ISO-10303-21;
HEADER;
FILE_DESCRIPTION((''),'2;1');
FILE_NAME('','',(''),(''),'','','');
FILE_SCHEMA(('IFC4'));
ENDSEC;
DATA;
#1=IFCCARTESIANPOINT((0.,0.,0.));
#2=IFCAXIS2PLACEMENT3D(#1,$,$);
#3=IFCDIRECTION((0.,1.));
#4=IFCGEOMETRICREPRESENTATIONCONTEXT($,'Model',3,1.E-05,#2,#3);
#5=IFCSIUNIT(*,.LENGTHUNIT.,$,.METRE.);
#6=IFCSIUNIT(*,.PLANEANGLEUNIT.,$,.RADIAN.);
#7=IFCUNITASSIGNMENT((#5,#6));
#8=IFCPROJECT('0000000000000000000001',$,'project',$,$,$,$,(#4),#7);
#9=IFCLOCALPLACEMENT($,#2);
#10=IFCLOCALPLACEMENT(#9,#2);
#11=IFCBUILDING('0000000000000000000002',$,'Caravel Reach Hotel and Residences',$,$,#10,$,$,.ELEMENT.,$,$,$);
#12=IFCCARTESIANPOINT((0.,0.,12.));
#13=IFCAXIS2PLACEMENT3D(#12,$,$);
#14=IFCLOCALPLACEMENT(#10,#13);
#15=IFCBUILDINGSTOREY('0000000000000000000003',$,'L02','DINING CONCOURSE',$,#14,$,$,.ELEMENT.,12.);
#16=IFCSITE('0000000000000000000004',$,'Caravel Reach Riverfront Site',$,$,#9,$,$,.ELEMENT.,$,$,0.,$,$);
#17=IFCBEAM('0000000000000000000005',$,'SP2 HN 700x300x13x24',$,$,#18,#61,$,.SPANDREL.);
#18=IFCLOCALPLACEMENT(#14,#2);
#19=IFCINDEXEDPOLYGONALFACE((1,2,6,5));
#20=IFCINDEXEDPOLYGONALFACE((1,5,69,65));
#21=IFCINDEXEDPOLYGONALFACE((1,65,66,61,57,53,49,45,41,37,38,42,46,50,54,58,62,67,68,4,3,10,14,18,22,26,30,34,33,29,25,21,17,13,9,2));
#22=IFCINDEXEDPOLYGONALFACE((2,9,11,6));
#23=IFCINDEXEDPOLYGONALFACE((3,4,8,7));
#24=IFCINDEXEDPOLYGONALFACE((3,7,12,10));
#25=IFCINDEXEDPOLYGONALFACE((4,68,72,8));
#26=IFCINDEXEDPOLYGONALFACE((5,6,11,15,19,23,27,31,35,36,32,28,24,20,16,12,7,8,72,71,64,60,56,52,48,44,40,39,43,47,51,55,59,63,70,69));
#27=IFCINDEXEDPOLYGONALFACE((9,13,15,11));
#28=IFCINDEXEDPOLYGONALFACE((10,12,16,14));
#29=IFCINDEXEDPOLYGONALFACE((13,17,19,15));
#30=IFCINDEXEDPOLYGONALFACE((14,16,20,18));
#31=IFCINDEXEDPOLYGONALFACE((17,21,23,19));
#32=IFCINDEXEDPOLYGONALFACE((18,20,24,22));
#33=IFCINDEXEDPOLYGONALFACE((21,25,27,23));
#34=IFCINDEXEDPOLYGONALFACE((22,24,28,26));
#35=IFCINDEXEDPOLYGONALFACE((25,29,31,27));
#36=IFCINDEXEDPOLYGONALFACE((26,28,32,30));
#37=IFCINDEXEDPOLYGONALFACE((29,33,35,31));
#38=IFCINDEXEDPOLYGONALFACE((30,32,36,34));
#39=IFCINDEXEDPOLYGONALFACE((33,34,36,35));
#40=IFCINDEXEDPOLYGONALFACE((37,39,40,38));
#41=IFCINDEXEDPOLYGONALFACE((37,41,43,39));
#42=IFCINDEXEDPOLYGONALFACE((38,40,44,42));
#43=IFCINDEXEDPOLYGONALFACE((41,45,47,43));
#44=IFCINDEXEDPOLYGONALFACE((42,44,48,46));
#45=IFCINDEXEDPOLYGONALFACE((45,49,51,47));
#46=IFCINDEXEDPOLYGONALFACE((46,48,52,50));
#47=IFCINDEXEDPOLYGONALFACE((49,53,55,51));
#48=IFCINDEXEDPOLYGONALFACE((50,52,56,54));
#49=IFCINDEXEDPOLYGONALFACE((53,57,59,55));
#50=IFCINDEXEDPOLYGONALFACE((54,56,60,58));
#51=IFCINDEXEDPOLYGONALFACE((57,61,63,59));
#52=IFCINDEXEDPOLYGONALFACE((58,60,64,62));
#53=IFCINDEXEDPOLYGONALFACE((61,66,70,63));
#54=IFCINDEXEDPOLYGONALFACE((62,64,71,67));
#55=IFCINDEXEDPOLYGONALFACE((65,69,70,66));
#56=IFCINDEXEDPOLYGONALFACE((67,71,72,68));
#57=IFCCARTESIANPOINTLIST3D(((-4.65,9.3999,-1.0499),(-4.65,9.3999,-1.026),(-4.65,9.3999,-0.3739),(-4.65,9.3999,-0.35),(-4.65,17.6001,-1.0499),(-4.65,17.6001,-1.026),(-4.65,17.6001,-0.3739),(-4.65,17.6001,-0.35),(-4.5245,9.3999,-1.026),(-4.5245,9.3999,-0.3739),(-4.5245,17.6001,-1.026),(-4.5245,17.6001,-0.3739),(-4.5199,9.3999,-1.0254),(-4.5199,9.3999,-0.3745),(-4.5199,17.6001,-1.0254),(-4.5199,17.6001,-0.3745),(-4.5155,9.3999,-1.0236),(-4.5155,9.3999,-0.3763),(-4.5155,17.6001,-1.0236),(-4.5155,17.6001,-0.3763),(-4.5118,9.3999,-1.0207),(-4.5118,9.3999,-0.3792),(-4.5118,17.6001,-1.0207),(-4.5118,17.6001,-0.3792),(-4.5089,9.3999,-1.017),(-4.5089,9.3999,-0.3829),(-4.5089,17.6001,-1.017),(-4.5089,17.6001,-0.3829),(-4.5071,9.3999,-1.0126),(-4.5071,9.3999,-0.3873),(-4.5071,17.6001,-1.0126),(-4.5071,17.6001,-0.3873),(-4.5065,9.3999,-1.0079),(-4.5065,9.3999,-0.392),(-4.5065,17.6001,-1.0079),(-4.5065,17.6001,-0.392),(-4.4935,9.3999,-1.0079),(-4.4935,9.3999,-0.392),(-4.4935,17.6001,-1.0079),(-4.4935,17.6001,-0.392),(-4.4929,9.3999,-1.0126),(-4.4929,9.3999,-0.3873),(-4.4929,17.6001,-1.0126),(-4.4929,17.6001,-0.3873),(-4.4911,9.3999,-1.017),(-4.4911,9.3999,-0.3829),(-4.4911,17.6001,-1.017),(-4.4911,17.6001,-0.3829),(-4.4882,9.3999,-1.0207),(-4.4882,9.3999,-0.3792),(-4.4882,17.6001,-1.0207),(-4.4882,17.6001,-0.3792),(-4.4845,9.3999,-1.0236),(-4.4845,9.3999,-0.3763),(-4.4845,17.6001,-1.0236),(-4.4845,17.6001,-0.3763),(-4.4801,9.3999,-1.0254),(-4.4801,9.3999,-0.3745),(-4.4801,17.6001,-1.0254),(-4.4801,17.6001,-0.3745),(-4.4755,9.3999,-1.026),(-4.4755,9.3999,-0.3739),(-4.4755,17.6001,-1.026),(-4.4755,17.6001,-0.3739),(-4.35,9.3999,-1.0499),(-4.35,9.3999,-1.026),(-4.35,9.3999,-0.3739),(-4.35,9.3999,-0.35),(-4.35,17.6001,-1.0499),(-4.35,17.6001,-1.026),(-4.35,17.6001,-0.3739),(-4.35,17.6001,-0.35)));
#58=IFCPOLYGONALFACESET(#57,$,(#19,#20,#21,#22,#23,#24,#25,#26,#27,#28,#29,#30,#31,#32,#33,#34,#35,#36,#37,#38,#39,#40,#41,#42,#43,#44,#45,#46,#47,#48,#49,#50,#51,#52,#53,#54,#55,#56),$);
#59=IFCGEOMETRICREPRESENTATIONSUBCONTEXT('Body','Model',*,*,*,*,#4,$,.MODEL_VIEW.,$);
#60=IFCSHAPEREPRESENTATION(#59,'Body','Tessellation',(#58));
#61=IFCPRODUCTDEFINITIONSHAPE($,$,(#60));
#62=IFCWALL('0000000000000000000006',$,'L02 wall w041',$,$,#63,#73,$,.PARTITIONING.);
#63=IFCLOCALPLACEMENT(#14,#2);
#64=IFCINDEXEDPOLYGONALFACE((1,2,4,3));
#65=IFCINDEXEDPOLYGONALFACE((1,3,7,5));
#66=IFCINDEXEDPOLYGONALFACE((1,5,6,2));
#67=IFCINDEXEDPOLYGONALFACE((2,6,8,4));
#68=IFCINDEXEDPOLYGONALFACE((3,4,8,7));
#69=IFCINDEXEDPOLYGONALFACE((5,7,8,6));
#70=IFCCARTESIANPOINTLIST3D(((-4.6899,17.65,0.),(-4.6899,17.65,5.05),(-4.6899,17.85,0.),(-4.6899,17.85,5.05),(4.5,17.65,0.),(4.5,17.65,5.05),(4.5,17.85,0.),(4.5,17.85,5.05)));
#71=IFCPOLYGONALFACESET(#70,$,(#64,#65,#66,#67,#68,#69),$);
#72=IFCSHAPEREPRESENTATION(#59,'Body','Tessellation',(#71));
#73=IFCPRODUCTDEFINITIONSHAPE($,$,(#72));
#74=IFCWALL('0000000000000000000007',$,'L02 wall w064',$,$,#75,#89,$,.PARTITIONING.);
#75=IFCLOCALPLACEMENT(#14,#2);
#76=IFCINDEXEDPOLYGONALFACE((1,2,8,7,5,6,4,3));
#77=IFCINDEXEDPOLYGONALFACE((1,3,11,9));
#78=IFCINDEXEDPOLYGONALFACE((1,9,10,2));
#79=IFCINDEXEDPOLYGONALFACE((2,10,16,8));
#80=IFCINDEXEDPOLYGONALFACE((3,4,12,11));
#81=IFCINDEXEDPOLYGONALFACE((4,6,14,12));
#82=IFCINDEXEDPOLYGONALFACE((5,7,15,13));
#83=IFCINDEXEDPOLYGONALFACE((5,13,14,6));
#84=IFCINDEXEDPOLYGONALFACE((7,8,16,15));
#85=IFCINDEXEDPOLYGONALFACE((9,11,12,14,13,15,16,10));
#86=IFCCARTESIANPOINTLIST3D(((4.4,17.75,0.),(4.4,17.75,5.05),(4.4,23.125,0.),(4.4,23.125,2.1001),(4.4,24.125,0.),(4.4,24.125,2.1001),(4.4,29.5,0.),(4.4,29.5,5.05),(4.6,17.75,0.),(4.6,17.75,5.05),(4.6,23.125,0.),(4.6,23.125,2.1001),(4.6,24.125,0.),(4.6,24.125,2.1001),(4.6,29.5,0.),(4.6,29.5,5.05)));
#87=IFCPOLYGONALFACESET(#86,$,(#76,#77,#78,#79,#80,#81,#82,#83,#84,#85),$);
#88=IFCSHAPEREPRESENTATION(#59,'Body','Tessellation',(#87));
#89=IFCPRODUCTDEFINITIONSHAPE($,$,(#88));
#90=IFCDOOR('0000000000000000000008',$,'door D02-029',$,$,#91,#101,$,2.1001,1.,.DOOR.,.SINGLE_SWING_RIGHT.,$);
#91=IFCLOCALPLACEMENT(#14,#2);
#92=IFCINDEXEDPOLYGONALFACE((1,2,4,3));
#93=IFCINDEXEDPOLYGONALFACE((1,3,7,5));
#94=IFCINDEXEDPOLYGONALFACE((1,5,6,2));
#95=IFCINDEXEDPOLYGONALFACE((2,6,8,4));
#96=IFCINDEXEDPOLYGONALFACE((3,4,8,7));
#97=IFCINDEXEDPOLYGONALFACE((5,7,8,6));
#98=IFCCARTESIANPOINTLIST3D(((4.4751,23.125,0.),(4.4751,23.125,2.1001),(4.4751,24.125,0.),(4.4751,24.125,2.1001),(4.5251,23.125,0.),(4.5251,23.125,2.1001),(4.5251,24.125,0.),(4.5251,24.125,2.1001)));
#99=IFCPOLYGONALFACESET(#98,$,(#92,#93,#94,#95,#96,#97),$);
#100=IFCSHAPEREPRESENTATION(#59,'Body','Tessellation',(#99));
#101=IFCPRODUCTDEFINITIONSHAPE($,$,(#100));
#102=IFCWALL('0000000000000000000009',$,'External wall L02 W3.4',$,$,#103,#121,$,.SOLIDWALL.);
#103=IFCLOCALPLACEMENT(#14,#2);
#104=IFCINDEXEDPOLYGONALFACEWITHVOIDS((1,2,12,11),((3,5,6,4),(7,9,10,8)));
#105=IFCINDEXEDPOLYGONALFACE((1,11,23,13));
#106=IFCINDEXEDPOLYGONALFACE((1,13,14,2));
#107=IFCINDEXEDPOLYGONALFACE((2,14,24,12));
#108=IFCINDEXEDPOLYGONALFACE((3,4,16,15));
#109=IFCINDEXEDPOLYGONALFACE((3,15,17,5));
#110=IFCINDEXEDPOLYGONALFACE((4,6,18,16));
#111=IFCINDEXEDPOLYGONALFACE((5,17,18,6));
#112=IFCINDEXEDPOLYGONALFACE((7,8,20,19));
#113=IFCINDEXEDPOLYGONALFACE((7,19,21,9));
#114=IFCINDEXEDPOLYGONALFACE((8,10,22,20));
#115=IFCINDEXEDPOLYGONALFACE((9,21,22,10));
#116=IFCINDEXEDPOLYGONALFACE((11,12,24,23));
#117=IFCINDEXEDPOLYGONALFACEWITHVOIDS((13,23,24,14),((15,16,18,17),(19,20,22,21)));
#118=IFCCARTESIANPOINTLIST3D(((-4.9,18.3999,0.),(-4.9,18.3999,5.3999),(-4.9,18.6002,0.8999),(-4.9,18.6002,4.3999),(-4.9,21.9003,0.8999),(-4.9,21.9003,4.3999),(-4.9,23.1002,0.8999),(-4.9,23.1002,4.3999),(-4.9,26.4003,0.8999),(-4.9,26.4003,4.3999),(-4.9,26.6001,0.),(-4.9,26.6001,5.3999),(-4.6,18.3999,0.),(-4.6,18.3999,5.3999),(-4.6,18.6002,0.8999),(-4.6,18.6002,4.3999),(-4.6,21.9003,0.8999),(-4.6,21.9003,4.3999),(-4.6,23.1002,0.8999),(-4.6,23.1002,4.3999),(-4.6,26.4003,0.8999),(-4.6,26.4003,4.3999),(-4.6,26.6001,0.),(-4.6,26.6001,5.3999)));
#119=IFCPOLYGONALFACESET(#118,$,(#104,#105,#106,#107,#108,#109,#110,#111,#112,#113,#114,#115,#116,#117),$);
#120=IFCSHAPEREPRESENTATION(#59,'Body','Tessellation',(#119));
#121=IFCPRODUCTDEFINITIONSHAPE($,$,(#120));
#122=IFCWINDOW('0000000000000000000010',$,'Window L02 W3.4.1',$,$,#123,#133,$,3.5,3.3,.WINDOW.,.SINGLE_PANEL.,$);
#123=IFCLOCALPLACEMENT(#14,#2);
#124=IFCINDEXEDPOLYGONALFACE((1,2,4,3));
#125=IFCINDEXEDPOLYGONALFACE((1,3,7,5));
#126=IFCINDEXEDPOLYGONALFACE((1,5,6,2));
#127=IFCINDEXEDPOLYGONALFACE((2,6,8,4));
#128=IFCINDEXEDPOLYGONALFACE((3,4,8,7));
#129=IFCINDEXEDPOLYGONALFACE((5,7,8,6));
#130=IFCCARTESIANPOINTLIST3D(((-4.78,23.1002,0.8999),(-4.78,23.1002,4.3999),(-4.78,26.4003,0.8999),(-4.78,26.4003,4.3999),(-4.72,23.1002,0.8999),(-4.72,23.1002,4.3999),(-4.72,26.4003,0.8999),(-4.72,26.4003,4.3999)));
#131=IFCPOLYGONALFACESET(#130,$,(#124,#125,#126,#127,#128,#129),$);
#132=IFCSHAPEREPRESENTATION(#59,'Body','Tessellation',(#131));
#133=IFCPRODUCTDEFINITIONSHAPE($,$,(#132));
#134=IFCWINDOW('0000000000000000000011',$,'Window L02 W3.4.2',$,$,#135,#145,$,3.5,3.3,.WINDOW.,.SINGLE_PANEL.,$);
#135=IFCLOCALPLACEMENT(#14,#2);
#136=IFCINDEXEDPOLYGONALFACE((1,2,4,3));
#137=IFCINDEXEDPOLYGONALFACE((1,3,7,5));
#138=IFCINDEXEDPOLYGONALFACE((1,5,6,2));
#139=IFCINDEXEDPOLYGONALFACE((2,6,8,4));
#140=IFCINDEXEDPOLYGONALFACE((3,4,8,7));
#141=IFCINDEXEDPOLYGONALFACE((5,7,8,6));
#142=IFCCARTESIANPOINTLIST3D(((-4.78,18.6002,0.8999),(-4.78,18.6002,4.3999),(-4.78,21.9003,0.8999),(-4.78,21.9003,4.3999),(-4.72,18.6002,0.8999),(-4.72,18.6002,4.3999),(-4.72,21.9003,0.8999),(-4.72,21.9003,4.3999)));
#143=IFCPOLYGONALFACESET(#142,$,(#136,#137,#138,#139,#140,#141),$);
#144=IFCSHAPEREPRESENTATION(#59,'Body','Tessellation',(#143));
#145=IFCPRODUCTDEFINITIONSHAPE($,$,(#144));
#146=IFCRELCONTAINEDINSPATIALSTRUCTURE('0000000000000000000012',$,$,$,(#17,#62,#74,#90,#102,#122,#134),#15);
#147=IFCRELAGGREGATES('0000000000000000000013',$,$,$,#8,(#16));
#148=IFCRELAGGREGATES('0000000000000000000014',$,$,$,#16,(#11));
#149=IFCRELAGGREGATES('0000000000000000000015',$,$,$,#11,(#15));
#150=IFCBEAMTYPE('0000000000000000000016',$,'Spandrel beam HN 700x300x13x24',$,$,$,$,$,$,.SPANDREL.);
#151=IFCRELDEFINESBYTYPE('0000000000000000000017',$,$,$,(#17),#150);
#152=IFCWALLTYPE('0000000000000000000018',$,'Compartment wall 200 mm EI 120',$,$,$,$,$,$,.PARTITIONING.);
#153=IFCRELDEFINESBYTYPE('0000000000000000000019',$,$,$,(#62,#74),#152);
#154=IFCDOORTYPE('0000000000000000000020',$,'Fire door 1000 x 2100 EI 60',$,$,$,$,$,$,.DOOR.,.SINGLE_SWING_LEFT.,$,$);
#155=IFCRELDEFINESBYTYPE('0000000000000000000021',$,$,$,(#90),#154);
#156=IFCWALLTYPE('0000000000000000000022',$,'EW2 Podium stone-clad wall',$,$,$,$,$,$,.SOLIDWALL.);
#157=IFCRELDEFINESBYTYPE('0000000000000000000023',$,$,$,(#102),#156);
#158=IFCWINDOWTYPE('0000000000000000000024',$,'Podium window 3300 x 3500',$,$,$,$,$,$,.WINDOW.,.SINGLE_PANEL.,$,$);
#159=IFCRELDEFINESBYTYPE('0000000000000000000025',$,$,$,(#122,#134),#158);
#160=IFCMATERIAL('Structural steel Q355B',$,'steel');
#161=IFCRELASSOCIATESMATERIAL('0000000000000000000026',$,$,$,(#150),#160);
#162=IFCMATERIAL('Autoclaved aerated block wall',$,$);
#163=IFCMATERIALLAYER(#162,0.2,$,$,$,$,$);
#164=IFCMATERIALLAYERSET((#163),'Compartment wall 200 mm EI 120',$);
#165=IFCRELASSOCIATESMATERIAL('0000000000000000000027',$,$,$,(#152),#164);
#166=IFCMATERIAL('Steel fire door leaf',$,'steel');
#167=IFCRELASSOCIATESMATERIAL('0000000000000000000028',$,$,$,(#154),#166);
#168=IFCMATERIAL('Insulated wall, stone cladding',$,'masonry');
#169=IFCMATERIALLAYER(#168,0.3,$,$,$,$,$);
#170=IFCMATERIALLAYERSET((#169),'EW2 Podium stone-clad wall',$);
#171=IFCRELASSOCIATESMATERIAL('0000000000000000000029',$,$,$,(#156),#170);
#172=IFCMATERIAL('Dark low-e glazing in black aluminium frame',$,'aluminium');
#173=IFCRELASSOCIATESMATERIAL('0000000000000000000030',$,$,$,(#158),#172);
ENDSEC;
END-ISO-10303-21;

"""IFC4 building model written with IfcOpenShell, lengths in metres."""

from ifc_helpers import new_model, si_unit, direction, frame, frame_2d, origin, origin_2d, place, context, subcontext, project, spatial, rectangle, i_section, extrude, material, layer, layer_set, material_profile, profile_set, type_object, element, fill, save


model = new_model("IFC4")

# Units and contexts
model_context = context("Model", 3, precision=1e-05, world=origin(), true_north=direction((0.0, 1.0)))
body_context = subcontext(model_context, "Body", "Model", "MODEL_VIEW")
ifc_project = project(units=[si_unit("LENGTHUNIT", "METRE"), si_unit("PLANEANGLEUNIT", "RADIAN")], contexts=[model_context])

# Site, building, storey
site_placement = place(None, origin())
site = spatial("IfcSite", under=ifc_project, at=site_placement, Name="Caravel Reach Riverfront Site", CompositionType="ELEMENT", RefElevation=0.0)
building_placement = place(site_placement, origin())
building = spatial("IfcBuilding", under=site, at=building_placement, Name="Caravel Reach Hotel and Residences", CompositionType="ELEMENT")
storey_placement = place(building_placement, frame((0.0, 0.0, 12.0)))
storey = spatial("IfcBuildingStorey", under=building, at=storey_placement, Name="L02", Description="DINING CONCOURSE", CompositionType="ELEMENT", Elevation=12.0)

# Beam
ifc_material_1 = material(Name="Structural steel Q355B", Category="steel")
ifc_material_profile_1 = material_profile(ifc_material_1, i_section(OverallWidth=0.3, OverallDepth=0.7, WebThickness=0.0129, FlangeThickness=0.0239, FilletRadius=0.0181, at=origin_2d()), Name="HN 700x300x13x24")
ifc_profile_set_1 = profile_set([ifc_material_profile_1], Name="Structural steel Q355B")
beam_type = type_object("IfcBeamType", Name="Spandrel beam HN 700x300x13x24", PredefinedType="SPANDREL", material=ifc_profile_set_1)
for number, where, z_axis, x_axis, name in (
    (1, (-4.5, 17.6001, -0.7), (0.0, -1.0, 0.0), (1.0, 0.0, 0.0), "SP2 HN 700x300x13x24"),
):
    element("IfcBeam", number, at=place(storey_placement, frame(where, z_axis=z_axis, x_axis=x_axis)), inside=storey, type_object=beam_type, Name=name, PredefinedType="SPANDREL", context=body_context, shape_type="SweptSolid", body=[
        extrude(i_section(OverallWidth=0.3, OverallDepth=0.7, WebThickness=0.0129, FlangeThickness=0.0239, FilletRadius=0.0181, at=origin_2d()), origin(), (0.0, 0.0, 1.0), 8.2002),
    ])

# Wall
ifc_material_2 = material(Name="Autoclaved aerated block wall")
ifc_layer_1 = layer(ifc_material_2, 0.2)
ifc_layer_set_1 = layer_set([ifc_layer_1], Name="Compartment wall 200 mm EI 120")
wall_type_1 = type_object("IfcWallType", Name="Compartment wall 200 mm EI 120", PredefinedType="PARTITIONING", material=ifc_layer_set_1)
wall_1_placement = place(storey_placement, frame((-4.6899, 17.75, 0.0), z_axis=(0.0, 0.0, 1.0), x_axis=(1.0, 0.0, 0.0)))
element("IfcWall", 2, at=wall_1_placement, inside=storey, type_object=wall_type_1, Name="L02 wall w041", PredefinedType="PARTITIONING", context=body_context, shape_type="SweptSolid", body=[
    extrude(rectangle(XDim=9.1899, YDim=0.2, at=frame_2d((4.595, 0.0))), origin(), (0.0, 0.0, 1.0), 5.05),
])

# Wall, opening, door
wall_2_placement = place(storey_placement, frame((4.5, 17.75, 0.0), z_axis=(0.0, 0.0, 1.0), x_axis=(0.0, 1.0, 0.0)))
wall_2 = element("IfcWall", 3, at=wall_2_placement, inside=storey, type_object=wall_type_1, Name="L02 wall w064", PredefinedType="PARTITIONING", context=body_context, shape_type="SweptSolid", body=[
    extrude(rectangle(XDim=11.75, YDim=0.2, at=frame_2d((5.875, 0.0))), origin(), (0.0, 0.0, 1.0), 5.05),
])
opening_1_placement = place(wall_2_placement, frame((5.375, 0.0, 0.0)))
opening_1 = element("IfcOpeningElement", 4, at=opening_1_placement, cuts=wall_2, PredefinedType="OPENING", context=body_context, shape_type="SweptSolid", body=[
    extrude(rectangle(XDim=1.0, YDim=2.1001, at=frame_2d((0.5, 1.05))), frame((0.0, 0.1099, 0.0), z_axis=(0.0, -1.0, 0.0), x_axis=(1.0, 0.0, 0.0)), (0.0, 0.0, 1.0), 0.22),
])
ifc_material_3 = material(Name="Steel fire door leaf", Category="steel")
door_type = type_object("IfcDoorType", Name="Fire door 1000 x 2100 EI 60", OperationType="SINGLE_SWING_LEFT", PredefinedType="DOOR", material=ifc_material_3)
door_placement = place(opening_1_placement, origin())
door = element("IfcDoor", 5, at=door_placement, inside=storey, type_object=door_type, Name="door D02-029", OperationType="SINGLE_SWING_RIGHT", OverallHeight=2.1001, OverallWidth=1.0, PredefinedType="DOOR", context=body_context, shape_type="SweptSolid", body=[
    extrude(rectangle(XDim=1.0, YDim=2.1001, at=frame_2d((0.5, 1.05))), frame((0.0, 0.0249, 0.0), z_axis=(0.0, -1.0, 0.0), x_axis=(1.0, 0.0, 0.0)), (0.0, 0.0, 1.0), 0.05),
])
fill(opening_1, door)

# Wall, openings, windows
ifc_material_4 = material(Name="Insulated wall, stone cladding", Category="masonry")
ifc_layer_2 = layer(ifc_material_4, 0.3)
ifc_layer_set_2 = layer_set([ifc_layer_2], Name="EW2 Podium stone-clad wall")
wall_type_2 = type_object("IfcWallType", Name="EW2 Podium stone-clad wall", PredefinedType="SOLIDWALL", material=ifc_layer_set_2)
wall_3_placement = place(storey_placement, frame((-4.75, 26.6001, 0.0), z_axis=(0.0, 0.0, 1.0), x_axis=(0.0, -1.0, 0.0)))
wall_3 = element("IfcWall", 6, at=wall_3_placement, inside=storey, type_object=wall_type_2, Name="External wall L02 W3.4", PredefinedType="SOLIDWALL", context=body_context, shape_type="SweptSolid", body=[
    extrude(rectangle(XDim=8.2002, YDim=0.3, at=frame_2d((4.1001, 0.0))), origin(), (0.0, 0.0, 1.0), 5.3999),
])
opening_2_placement = place(wall_3_placement, frame((0.2, 0.0, 0.8999)))
opening_2 = element("IfcOpeningElement", 7, at=opening_2_placement, cuts=wall_3, PredefinedType="OPENING", context=body_context, shape_type="SweptSolid", body=[
    extrude(rectangle(XDim=3.3, YDim=3.5, at=frame_2d((1.6499, 1.75))), frame((0.0, 0.1599, 0.0), z_axis=(0.0, -1.0, 0.0), x_axis=(1.0, 0.0, 0.0)), (0.0, 0.0, 1.0), 0.3201),
])
opening_3_placement = place(wall_3_placement, frame((4.7, 0.0, 0.8999)))
opening_3 = element("IfcOpeningElement", 8, at=opening_3_placement, cuts=wall_3, PredefinedType="OPENING", context=body_context, shape_type="SweptSolid", body=[
    extrude(rectangle(XDim=3.3, YDim=3.5, at=frame_2d((1.6499, 1.75))), frame((0.0, 0.1599, 0.0), z_axis=(0.0, -1.0, 0.0), x_axis=(1.0, 0.0, 0.0)), (0.0, 0.0, 1.0), 0.3201),
])
ifc_material_5 = material(Name="Dark low-e glazing in black aluminium frame", Category="aluminium")
window_type = type_object("IfcWindowType", Name="Podium window 3300 x 3500", PartitioningType="SINGLE_PANEL", PredefinedType="WINDOW", material=ifc_material_5)
window_1_placement = place(opening_2_placement, origin())
window_1 = element("IfcWindow", 9, at=window_1_placement, inside=storey, type_object=window_type, Name="Window L02 W3.4.1", OverallHeight=3.5, OverallWidth=3.3, PartitioningType="SINGLE_PANEL", PredefinedType="WINDOW", context=body_context, shape_type="SweptSolid", body=[
    extrude(rectangle(XDim=3.3, YDim=3.5, at=frame_2d((1.6499, 1.75))), frame((0.0, 0.03, 0.0), z_axis=(0.0, -1.0, 0.0), x_axis=(1.0, 0.0, 0.0)), (0.0, 0.0, 1.0), 0.0601),
])
fill(opening_2, window_1)
window_2_placement = place(opening_3_placement, origin())
window_2 = element("IfcWindow", 10, at=window_2_placement, inside=storey, type_object=window_type, Name="Window L02 W3.4.2", OverallHeight=3.5, OverallWidth=3.3, PartitioningType="SINGLE_PANEL", PredefinedType="WINDOW", context=body_context, shape_type="SweptSolid", body=[
    extrude(rectangle(XDim=3.3, YDim=3.5, at=frame_2d((1.6499, 1.75))), frame((0.0, 0.03, 0.0), z_axis=(0.0, -1.0, 0.0), x_axis=(1.0, 0.0, 0.0)), (0.0, 0.0, 1.0), 0.0601),
])
fill(opening_3, window_2)

save(model, "model.ifc")
